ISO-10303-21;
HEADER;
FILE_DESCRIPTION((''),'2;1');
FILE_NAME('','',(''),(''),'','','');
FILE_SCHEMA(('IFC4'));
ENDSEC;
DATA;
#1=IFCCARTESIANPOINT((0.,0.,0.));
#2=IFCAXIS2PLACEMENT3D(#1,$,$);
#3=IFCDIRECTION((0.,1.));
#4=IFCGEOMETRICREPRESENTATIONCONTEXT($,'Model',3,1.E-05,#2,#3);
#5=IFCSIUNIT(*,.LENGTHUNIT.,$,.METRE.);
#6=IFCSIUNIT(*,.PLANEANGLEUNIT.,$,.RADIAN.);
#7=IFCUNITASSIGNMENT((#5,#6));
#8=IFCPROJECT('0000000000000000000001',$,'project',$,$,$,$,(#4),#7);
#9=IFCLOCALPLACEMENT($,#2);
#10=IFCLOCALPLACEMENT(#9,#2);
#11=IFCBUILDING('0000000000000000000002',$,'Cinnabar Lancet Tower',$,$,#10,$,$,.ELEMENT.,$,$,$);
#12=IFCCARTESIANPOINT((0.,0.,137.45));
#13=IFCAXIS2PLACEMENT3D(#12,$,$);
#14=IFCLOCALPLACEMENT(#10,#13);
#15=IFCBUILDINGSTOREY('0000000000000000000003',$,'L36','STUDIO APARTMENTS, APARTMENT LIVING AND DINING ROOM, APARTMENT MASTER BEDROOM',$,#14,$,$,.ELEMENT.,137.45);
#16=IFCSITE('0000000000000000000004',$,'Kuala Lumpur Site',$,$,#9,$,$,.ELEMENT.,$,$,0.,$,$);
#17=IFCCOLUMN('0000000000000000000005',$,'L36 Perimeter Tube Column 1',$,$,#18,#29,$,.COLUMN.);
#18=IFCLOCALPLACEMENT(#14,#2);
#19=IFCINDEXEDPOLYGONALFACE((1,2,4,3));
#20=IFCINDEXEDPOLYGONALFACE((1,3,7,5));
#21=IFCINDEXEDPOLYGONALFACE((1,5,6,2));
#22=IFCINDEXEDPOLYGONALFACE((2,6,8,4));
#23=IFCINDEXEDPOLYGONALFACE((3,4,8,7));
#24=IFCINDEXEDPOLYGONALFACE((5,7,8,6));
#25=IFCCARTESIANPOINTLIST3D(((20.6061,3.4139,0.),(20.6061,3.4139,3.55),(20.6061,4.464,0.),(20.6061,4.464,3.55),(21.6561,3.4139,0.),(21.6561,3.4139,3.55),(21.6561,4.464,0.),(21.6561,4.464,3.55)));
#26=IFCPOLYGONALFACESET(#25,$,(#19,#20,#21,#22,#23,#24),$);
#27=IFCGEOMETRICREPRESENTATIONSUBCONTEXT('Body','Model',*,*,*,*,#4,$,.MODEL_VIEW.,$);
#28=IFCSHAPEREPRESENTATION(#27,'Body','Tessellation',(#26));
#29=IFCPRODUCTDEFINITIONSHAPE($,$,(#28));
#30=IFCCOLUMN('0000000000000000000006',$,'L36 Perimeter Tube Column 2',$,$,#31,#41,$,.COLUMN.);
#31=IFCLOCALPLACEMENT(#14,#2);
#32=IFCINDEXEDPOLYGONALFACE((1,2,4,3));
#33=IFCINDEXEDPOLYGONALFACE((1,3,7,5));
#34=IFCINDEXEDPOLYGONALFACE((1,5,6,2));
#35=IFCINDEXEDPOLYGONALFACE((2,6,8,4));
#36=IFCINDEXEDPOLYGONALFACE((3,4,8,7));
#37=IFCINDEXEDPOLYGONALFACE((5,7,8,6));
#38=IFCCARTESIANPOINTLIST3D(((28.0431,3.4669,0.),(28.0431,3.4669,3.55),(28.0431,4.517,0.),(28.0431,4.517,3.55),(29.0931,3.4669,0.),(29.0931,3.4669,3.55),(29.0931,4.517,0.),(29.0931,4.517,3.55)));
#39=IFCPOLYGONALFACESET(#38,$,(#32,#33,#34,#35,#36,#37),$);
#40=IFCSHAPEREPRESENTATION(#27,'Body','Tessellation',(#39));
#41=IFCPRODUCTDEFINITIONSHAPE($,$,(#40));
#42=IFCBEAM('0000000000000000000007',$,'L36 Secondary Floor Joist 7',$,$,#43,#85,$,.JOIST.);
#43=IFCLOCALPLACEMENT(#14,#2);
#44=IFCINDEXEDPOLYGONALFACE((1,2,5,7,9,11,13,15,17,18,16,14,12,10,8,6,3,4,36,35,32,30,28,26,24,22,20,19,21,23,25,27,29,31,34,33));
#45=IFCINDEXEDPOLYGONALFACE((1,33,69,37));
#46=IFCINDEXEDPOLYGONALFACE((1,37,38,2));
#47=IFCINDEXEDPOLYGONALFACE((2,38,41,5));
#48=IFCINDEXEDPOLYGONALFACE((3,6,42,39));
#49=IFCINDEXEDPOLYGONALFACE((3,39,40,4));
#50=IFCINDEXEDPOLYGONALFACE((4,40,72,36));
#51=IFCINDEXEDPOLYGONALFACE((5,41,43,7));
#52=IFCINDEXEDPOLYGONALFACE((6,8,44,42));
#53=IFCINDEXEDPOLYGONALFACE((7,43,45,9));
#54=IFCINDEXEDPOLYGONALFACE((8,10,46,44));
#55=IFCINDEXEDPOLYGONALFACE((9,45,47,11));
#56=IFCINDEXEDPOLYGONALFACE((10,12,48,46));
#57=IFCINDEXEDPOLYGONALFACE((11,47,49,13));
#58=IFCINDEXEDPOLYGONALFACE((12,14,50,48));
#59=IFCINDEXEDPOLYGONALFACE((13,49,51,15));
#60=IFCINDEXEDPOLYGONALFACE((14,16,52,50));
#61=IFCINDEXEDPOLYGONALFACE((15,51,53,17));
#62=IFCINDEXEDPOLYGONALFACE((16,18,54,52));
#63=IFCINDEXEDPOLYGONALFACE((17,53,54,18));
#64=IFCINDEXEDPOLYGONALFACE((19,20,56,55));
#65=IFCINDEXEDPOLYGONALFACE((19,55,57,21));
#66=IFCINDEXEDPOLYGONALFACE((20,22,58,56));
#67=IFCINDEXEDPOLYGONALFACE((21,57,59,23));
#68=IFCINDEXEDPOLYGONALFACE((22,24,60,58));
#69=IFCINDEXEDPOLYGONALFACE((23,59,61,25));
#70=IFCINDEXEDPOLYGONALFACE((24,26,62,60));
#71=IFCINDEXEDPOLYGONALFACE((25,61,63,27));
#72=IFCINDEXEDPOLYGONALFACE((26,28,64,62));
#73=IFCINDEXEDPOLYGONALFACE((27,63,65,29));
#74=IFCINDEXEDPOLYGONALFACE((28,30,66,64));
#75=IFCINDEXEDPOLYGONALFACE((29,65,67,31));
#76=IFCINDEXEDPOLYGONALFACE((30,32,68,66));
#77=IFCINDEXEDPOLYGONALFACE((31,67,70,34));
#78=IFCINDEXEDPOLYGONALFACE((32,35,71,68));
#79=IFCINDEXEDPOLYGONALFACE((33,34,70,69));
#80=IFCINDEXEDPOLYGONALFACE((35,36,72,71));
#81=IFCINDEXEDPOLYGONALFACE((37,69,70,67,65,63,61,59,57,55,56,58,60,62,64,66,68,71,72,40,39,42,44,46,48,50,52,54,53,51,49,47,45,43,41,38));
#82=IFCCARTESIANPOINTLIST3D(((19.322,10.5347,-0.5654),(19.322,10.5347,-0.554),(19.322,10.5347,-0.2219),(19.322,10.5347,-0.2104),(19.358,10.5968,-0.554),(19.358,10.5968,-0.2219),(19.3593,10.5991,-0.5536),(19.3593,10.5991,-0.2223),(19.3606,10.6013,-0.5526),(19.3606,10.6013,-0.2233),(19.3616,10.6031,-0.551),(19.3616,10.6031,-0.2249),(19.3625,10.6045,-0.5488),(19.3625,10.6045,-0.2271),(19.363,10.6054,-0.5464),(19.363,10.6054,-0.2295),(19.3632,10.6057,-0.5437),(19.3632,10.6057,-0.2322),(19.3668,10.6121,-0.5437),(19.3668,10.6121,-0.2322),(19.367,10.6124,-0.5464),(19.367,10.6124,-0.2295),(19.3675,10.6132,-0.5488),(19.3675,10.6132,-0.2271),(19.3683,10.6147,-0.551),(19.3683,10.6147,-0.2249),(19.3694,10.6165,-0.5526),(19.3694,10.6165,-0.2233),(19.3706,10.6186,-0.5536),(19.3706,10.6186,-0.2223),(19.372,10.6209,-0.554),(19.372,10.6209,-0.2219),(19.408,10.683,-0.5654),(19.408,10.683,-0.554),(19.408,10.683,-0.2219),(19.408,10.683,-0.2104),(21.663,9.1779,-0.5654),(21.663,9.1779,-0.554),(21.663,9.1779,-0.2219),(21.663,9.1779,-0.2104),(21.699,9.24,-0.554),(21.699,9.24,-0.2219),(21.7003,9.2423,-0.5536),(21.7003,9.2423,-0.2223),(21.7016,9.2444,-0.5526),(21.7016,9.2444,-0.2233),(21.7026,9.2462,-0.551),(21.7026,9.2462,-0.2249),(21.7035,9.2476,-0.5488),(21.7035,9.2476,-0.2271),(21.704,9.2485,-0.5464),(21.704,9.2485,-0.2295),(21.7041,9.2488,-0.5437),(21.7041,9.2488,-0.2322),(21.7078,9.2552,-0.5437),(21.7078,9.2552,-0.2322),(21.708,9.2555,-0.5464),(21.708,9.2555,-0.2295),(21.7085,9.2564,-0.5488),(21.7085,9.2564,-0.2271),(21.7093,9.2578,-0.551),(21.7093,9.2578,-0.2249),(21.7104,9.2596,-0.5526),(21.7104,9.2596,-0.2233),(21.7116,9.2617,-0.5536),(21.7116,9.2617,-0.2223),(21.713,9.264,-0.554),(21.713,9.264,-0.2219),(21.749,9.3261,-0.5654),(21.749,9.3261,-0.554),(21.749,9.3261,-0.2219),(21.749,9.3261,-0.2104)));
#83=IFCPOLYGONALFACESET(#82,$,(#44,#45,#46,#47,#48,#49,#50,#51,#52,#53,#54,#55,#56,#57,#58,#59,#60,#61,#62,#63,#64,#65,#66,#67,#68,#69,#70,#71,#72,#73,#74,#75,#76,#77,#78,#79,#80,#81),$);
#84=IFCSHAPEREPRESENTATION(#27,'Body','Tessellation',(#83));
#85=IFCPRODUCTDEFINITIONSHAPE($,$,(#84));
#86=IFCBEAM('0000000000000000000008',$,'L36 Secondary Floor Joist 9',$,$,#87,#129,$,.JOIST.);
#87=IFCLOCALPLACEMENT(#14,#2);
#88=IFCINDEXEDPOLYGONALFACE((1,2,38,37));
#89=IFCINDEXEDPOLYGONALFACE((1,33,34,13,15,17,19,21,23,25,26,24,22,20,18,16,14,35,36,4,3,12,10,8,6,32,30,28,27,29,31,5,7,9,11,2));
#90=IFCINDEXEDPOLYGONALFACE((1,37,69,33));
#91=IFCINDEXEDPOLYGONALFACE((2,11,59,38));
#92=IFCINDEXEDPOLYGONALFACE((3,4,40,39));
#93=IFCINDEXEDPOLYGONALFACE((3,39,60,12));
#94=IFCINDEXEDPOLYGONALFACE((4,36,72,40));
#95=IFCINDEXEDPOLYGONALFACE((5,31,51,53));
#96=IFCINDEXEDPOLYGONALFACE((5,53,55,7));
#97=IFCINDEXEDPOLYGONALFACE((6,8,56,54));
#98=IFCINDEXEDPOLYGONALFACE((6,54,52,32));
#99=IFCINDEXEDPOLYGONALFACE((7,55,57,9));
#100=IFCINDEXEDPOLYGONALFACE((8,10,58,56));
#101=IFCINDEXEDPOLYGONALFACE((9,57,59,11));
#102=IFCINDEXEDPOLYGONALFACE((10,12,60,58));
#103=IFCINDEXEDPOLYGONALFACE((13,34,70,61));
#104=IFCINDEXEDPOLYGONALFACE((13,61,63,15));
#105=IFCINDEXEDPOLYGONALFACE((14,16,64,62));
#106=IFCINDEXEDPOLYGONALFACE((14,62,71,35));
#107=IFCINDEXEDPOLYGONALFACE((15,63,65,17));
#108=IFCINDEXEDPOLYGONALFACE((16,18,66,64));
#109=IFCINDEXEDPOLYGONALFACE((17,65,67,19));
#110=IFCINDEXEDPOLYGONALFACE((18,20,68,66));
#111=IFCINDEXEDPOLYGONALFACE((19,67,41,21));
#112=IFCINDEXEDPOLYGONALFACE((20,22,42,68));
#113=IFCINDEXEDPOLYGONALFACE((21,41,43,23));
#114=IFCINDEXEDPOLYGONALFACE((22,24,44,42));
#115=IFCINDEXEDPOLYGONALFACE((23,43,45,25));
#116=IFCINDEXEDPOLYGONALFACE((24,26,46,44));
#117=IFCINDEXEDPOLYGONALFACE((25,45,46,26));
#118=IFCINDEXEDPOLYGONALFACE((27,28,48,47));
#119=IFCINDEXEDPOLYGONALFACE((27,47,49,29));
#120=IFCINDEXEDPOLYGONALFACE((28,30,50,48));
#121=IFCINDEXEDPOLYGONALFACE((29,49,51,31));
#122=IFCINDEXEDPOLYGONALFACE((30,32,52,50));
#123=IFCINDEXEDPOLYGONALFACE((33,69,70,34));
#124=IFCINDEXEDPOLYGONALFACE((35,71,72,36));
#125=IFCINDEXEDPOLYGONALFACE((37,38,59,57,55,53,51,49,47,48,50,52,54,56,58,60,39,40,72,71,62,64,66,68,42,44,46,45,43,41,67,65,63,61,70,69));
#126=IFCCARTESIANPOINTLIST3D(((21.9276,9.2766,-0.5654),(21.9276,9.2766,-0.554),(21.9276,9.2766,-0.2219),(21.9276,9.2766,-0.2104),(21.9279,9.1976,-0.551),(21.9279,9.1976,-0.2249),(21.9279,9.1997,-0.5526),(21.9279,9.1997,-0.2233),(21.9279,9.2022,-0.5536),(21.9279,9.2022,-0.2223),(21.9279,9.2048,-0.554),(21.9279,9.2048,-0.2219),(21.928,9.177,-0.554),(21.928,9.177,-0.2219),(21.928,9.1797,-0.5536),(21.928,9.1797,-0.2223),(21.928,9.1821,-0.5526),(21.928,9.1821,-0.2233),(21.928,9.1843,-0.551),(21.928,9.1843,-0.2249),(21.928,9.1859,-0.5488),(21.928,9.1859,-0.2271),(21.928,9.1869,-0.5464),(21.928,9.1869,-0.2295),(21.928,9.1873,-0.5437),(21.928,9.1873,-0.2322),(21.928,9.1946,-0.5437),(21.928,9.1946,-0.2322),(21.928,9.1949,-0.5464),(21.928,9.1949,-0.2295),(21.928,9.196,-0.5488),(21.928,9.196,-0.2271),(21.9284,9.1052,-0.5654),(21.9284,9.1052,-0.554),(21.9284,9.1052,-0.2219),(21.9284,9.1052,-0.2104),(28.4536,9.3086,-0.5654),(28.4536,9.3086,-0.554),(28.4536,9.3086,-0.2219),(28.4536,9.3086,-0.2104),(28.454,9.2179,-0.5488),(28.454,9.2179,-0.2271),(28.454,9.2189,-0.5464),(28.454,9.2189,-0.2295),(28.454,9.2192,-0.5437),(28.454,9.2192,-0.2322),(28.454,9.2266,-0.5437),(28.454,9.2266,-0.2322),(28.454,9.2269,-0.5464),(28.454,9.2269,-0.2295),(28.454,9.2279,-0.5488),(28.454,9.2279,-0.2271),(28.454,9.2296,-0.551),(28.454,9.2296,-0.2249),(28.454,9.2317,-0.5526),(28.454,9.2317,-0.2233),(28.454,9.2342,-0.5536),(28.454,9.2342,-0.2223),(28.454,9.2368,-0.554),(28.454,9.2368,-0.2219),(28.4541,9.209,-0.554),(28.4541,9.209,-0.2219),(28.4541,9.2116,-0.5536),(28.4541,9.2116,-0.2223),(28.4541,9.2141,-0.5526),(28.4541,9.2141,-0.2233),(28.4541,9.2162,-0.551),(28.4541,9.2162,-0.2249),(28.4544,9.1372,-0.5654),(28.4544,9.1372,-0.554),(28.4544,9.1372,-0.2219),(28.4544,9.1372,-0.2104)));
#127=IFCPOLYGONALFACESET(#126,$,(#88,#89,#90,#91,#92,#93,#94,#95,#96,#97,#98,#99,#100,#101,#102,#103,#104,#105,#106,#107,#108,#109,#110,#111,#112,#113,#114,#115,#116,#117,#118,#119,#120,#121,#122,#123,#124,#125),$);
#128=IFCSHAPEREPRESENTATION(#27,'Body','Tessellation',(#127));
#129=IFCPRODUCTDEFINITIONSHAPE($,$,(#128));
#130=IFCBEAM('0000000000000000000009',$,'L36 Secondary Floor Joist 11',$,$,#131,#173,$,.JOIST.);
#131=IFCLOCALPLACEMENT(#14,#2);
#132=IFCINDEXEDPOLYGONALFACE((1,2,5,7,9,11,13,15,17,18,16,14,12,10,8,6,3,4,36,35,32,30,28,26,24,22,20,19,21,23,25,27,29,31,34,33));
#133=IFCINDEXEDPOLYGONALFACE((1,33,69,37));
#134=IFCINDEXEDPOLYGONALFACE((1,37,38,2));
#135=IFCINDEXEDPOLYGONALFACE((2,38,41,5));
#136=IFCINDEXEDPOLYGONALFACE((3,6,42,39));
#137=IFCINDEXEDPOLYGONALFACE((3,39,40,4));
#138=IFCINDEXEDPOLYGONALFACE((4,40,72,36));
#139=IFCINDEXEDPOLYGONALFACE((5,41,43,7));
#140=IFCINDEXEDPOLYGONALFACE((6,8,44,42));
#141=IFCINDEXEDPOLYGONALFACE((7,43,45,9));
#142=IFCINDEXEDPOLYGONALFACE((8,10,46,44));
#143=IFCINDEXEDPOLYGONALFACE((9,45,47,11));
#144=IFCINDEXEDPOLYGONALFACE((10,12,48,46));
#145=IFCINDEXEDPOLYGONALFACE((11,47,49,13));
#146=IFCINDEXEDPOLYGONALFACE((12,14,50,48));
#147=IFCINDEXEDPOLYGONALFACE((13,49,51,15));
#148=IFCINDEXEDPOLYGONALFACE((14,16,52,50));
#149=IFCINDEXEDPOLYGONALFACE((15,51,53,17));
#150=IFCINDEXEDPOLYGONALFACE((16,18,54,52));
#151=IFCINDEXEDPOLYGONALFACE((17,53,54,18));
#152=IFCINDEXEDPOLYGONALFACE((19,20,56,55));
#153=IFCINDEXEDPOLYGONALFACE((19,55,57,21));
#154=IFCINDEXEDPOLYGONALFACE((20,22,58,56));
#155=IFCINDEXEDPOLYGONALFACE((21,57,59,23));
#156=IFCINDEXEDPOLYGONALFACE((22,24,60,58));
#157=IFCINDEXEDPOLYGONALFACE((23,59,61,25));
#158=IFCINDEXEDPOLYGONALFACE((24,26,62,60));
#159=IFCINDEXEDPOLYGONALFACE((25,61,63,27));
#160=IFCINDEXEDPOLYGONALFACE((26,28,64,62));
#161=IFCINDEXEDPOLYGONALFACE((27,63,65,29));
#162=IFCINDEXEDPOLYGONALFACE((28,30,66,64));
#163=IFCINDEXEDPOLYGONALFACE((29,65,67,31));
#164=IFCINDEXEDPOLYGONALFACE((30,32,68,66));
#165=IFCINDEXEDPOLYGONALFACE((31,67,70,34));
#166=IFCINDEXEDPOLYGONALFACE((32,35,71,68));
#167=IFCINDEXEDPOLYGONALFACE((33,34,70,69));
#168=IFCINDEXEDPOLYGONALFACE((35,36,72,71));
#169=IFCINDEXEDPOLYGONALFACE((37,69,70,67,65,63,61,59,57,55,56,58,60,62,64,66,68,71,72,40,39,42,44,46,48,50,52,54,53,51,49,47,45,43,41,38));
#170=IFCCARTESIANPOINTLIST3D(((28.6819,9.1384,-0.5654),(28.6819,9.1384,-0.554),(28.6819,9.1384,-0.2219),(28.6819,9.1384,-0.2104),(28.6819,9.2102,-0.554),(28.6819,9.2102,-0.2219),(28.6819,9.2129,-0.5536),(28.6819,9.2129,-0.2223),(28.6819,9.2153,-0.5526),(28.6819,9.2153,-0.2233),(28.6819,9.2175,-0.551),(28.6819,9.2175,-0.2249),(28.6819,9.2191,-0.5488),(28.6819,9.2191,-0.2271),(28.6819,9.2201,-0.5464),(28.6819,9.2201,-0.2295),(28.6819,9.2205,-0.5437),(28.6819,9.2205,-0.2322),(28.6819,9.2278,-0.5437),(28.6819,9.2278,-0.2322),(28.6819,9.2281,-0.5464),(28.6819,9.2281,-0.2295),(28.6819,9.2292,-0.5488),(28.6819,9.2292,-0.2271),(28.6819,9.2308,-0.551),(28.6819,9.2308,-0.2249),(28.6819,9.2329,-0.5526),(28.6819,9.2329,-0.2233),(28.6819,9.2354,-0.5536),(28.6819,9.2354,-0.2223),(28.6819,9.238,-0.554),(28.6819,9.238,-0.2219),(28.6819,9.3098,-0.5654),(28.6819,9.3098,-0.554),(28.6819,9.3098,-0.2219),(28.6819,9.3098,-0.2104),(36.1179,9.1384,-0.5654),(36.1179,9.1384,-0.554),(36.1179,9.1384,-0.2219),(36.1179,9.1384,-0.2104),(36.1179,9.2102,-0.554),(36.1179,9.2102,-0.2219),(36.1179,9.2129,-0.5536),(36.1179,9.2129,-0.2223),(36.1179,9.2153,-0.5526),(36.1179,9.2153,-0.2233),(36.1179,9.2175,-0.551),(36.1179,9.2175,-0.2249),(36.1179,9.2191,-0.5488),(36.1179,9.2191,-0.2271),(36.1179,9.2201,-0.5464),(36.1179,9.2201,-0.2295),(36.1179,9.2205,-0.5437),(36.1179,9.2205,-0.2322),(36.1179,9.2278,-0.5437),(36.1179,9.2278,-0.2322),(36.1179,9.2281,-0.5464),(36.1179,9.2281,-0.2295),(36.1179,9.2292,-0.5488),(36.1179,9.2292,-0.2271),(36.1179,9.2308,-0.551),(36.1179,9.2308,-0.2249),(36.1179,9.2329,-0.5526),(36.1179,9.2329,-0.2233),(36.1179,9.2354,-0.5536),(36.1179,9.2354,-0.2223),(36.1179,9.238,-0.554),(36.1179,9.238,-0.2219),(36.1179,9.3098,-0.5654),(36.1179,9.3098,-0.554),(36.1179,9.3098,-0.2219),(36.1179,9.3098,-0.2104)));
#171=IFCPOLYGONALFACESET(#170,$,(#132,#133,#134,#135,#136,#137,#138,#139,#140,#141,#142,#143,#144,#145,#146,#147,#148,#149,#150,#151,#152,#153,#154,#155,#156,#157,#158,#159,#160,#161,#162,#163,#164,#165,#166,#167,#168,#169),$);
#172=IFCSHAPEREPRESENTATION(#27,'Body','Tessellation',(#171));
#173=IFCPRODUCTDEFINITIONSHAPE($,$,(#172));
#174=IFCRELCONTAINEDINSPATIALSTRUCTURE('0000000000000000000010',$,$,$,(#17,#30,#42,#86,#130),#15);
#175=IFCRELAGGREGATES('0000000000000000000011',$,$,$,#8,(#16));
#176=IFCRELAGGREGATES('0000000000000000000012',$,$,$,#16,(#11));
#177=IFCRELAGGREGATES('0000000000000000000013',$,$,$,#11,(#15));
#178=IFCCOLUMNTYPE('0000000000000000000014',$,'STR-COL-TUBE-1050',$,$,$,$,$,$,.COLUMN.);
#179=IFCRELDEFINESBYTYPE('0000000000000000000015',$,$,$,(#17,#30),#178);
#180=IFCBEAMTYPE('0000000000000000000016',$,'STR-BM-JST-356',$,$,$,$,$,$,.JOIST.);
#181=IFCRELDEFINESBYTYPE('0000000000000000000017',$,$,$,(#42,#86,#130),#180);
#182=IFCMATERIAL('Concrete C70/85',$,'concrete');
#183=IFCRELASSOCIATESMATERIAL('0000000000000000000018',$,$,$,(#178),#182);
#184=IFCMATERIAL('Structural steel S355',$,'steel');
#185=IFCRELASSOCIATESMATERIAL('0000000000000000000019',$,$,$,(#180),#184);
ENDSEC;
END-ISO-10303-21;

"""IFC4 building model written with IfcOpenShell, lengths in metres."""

from ifc_helpers import new_model, si_unit, direction, frame, origin, origin_2d, place, context, subcontext, project, spatial, rectangle, i_section, extrude, material, material_profile, profile_set, type_object, element, save


model = new_model("IFC4")

# Units and contexts
model_context = context("Model", 3, precision=1e-05, world=origin(), true_north=direction((0.0, 1.0)))
body_context = subcontext(model_context, "Body", "Model", "MODEL_VIEW")
ifc_project = project(units=[si_unit("LENGTHUNIT", "METRE"), si_unit("PLANEANGLEUNIT", "RADIAN")], contexts=[model_context])

# Site, building, storey
site_placement = place(None, origin())
site = spatial("IfcSite", under=ifc_project, at=site_placement, Name="Kuala Lumpur Site", CompositionType="ELEMENT", RefElevation=0.0)
building_placement = place(site_placement, origin())
building = spatial("IfcBuilding", under=site, at=building_placement, Name="Cinnabar Lancet Tower", CompositionType="ELEMENT")
storey_placement = place(building_placement, frame((0.0, 0.0, 137.45)))
storey = spatial("IfcBuildingStorey", under=building, at=storey_placement, Name="L36", Description="STUDIO APARTMENTS, APARTMENT LIVING AND DINING ROOM, APARTMENT MASTER BEDROOM", CompositionType="ELEMENT", Elevation=137.45)

# Columns
ifc_material_1 = material(Name="Concrete C70/85", Category="concrete")
ifc_material_profile_1 = material_profile(ifc_material_1, rectangle(XDim=1.05, YDim=1.05, at=origin_2d()), Name="RC-COL 1050x1050")
ifc_profile_set_1 = profile_set([ifc_material_profile_1], Name="Concrete C70/85")
column_type = type_object("IfcColumnType", Name="STR-COL-TUBE-1050", PredefinedType="COLUMN", material=ifc_profile_set_1)
for number, where, z_axis, x_axis, name in (
    (1, (21.1311, 3.939, 0.0), (0.0, 0.0, 1.0), (1.0, 0.0, 0.0), "L36 Perimeter Tube Column 1"),
    (2, (28.5681, 3.9919, 0.0), (0.0, 0.0, 1.0), (1.0, 0.0, 0.0), "L36 Perimeter Tube Column 2"),
):
    element("IfcColumn", number, at=place(storey_placement, frame(where, z_axis=z_axis, x_axis=x_axis)), inside=storey, type_object=column_type, Name=name, PredefinedType="COLUMN", context=body_context, shape_type="SweptSolid", body=[
        extrude(rectangle(XDim=1.05, YDim=1.05, at=origin_2d()), origin(), (0.0, 0.0, 1.0), 3.55),
    ])

# Beams
ifc_material_2 = material(Name="Structural steel S355", Category="steel")
ifc_material_profile_2 = material_profile(ifc_material_2, i_section(OverallWidth=0.1714, OverallDepth=0.355, WebThickness=0.0073, FlangeThickness=0.0115, FilletRadius=0.0103, at=origin_2d()), Name="UKB 356x171x51")
ifc_profile_set_2 = profile_set([ifc_material_profile_2], Name="Structural steel S355")
beam_type_1 = type_object("IfcBeamType", Name="STR-BM-JST-356", PredefinedType="JOIST", material=ifc_profile_set_2)
beam_1_placement = place(storey_placement, frame((19.365, 10.6089, -0.3879), z_axis=(0.865173, -0.501474, 0.0), x_axis=(0.501474, 0.865173, 0.0)))
element("IfcBeam", 3, at=beam_1_placement, inside=storey, type_object=beam_type_1, Name="L36 Secondary Floor Joist 7", PredefinedType="JOIST", context=body_context, shape_type="SweptSolid", body=[
    extrude(i_section(OverallWidth=0.1714, OverallDepth=0.355, WebThickness=0.0073, FlangeThickness=0.0115, FilletRadius=0.0103, at=origin_2d()), origin(), (0.0, 0.0, 1.0), 2.7058),
])
beam_2_placement = place(storey_placement, frame((21.928, 9.1909, -0.3879), z_axis=(0.999988, 0.004901, 0.0), x_axis=(-0.004901, 0.999988, 0.0)))
element("IfcBeam", 4, at=beam_2_placement, inside=storey, type_object=beam_type_1, Name="L36 Secondary Floor Joist 9", PredefinedType="JOIST", context=body_context, shape_type="SweptSolid", body=[
    extrude(i_section(OverallWidth=0.1714, OverallDepth=0.355, WebThickness=0.0073, FlangeThickness=0.0115, FilletRadius=0.0103, at=origin_2d()), origin(), (0.0, 0.0, 1.0), 6.5261),
])
beam_3_placement = place(storey_placement, frame((28.6819, 9.2241, -0.3879), z_axis=(1.0, 0.0, 0.0), x_axis=(0.0, 1.0, 0.0)))
element("IfcBeam", 5, at=beam_3_placement, inside=storey, type_object=beam_type_1, Name="L36 Secondary Floor Joist 11", PredefinedType="JOIST", context=body_context, shape_type="SweptSolid", body=[
    extrude(i_section(OverallWidth=0.1714, OverallDepth=0.355, WebThickness=0.0073, FlangeThickness=0.0115, FilletRadius=0.0103, at=origin_2d()), origin(), (0.0, 0.0, 1.0), 7.436),
])

save(model, "model.ifc")
